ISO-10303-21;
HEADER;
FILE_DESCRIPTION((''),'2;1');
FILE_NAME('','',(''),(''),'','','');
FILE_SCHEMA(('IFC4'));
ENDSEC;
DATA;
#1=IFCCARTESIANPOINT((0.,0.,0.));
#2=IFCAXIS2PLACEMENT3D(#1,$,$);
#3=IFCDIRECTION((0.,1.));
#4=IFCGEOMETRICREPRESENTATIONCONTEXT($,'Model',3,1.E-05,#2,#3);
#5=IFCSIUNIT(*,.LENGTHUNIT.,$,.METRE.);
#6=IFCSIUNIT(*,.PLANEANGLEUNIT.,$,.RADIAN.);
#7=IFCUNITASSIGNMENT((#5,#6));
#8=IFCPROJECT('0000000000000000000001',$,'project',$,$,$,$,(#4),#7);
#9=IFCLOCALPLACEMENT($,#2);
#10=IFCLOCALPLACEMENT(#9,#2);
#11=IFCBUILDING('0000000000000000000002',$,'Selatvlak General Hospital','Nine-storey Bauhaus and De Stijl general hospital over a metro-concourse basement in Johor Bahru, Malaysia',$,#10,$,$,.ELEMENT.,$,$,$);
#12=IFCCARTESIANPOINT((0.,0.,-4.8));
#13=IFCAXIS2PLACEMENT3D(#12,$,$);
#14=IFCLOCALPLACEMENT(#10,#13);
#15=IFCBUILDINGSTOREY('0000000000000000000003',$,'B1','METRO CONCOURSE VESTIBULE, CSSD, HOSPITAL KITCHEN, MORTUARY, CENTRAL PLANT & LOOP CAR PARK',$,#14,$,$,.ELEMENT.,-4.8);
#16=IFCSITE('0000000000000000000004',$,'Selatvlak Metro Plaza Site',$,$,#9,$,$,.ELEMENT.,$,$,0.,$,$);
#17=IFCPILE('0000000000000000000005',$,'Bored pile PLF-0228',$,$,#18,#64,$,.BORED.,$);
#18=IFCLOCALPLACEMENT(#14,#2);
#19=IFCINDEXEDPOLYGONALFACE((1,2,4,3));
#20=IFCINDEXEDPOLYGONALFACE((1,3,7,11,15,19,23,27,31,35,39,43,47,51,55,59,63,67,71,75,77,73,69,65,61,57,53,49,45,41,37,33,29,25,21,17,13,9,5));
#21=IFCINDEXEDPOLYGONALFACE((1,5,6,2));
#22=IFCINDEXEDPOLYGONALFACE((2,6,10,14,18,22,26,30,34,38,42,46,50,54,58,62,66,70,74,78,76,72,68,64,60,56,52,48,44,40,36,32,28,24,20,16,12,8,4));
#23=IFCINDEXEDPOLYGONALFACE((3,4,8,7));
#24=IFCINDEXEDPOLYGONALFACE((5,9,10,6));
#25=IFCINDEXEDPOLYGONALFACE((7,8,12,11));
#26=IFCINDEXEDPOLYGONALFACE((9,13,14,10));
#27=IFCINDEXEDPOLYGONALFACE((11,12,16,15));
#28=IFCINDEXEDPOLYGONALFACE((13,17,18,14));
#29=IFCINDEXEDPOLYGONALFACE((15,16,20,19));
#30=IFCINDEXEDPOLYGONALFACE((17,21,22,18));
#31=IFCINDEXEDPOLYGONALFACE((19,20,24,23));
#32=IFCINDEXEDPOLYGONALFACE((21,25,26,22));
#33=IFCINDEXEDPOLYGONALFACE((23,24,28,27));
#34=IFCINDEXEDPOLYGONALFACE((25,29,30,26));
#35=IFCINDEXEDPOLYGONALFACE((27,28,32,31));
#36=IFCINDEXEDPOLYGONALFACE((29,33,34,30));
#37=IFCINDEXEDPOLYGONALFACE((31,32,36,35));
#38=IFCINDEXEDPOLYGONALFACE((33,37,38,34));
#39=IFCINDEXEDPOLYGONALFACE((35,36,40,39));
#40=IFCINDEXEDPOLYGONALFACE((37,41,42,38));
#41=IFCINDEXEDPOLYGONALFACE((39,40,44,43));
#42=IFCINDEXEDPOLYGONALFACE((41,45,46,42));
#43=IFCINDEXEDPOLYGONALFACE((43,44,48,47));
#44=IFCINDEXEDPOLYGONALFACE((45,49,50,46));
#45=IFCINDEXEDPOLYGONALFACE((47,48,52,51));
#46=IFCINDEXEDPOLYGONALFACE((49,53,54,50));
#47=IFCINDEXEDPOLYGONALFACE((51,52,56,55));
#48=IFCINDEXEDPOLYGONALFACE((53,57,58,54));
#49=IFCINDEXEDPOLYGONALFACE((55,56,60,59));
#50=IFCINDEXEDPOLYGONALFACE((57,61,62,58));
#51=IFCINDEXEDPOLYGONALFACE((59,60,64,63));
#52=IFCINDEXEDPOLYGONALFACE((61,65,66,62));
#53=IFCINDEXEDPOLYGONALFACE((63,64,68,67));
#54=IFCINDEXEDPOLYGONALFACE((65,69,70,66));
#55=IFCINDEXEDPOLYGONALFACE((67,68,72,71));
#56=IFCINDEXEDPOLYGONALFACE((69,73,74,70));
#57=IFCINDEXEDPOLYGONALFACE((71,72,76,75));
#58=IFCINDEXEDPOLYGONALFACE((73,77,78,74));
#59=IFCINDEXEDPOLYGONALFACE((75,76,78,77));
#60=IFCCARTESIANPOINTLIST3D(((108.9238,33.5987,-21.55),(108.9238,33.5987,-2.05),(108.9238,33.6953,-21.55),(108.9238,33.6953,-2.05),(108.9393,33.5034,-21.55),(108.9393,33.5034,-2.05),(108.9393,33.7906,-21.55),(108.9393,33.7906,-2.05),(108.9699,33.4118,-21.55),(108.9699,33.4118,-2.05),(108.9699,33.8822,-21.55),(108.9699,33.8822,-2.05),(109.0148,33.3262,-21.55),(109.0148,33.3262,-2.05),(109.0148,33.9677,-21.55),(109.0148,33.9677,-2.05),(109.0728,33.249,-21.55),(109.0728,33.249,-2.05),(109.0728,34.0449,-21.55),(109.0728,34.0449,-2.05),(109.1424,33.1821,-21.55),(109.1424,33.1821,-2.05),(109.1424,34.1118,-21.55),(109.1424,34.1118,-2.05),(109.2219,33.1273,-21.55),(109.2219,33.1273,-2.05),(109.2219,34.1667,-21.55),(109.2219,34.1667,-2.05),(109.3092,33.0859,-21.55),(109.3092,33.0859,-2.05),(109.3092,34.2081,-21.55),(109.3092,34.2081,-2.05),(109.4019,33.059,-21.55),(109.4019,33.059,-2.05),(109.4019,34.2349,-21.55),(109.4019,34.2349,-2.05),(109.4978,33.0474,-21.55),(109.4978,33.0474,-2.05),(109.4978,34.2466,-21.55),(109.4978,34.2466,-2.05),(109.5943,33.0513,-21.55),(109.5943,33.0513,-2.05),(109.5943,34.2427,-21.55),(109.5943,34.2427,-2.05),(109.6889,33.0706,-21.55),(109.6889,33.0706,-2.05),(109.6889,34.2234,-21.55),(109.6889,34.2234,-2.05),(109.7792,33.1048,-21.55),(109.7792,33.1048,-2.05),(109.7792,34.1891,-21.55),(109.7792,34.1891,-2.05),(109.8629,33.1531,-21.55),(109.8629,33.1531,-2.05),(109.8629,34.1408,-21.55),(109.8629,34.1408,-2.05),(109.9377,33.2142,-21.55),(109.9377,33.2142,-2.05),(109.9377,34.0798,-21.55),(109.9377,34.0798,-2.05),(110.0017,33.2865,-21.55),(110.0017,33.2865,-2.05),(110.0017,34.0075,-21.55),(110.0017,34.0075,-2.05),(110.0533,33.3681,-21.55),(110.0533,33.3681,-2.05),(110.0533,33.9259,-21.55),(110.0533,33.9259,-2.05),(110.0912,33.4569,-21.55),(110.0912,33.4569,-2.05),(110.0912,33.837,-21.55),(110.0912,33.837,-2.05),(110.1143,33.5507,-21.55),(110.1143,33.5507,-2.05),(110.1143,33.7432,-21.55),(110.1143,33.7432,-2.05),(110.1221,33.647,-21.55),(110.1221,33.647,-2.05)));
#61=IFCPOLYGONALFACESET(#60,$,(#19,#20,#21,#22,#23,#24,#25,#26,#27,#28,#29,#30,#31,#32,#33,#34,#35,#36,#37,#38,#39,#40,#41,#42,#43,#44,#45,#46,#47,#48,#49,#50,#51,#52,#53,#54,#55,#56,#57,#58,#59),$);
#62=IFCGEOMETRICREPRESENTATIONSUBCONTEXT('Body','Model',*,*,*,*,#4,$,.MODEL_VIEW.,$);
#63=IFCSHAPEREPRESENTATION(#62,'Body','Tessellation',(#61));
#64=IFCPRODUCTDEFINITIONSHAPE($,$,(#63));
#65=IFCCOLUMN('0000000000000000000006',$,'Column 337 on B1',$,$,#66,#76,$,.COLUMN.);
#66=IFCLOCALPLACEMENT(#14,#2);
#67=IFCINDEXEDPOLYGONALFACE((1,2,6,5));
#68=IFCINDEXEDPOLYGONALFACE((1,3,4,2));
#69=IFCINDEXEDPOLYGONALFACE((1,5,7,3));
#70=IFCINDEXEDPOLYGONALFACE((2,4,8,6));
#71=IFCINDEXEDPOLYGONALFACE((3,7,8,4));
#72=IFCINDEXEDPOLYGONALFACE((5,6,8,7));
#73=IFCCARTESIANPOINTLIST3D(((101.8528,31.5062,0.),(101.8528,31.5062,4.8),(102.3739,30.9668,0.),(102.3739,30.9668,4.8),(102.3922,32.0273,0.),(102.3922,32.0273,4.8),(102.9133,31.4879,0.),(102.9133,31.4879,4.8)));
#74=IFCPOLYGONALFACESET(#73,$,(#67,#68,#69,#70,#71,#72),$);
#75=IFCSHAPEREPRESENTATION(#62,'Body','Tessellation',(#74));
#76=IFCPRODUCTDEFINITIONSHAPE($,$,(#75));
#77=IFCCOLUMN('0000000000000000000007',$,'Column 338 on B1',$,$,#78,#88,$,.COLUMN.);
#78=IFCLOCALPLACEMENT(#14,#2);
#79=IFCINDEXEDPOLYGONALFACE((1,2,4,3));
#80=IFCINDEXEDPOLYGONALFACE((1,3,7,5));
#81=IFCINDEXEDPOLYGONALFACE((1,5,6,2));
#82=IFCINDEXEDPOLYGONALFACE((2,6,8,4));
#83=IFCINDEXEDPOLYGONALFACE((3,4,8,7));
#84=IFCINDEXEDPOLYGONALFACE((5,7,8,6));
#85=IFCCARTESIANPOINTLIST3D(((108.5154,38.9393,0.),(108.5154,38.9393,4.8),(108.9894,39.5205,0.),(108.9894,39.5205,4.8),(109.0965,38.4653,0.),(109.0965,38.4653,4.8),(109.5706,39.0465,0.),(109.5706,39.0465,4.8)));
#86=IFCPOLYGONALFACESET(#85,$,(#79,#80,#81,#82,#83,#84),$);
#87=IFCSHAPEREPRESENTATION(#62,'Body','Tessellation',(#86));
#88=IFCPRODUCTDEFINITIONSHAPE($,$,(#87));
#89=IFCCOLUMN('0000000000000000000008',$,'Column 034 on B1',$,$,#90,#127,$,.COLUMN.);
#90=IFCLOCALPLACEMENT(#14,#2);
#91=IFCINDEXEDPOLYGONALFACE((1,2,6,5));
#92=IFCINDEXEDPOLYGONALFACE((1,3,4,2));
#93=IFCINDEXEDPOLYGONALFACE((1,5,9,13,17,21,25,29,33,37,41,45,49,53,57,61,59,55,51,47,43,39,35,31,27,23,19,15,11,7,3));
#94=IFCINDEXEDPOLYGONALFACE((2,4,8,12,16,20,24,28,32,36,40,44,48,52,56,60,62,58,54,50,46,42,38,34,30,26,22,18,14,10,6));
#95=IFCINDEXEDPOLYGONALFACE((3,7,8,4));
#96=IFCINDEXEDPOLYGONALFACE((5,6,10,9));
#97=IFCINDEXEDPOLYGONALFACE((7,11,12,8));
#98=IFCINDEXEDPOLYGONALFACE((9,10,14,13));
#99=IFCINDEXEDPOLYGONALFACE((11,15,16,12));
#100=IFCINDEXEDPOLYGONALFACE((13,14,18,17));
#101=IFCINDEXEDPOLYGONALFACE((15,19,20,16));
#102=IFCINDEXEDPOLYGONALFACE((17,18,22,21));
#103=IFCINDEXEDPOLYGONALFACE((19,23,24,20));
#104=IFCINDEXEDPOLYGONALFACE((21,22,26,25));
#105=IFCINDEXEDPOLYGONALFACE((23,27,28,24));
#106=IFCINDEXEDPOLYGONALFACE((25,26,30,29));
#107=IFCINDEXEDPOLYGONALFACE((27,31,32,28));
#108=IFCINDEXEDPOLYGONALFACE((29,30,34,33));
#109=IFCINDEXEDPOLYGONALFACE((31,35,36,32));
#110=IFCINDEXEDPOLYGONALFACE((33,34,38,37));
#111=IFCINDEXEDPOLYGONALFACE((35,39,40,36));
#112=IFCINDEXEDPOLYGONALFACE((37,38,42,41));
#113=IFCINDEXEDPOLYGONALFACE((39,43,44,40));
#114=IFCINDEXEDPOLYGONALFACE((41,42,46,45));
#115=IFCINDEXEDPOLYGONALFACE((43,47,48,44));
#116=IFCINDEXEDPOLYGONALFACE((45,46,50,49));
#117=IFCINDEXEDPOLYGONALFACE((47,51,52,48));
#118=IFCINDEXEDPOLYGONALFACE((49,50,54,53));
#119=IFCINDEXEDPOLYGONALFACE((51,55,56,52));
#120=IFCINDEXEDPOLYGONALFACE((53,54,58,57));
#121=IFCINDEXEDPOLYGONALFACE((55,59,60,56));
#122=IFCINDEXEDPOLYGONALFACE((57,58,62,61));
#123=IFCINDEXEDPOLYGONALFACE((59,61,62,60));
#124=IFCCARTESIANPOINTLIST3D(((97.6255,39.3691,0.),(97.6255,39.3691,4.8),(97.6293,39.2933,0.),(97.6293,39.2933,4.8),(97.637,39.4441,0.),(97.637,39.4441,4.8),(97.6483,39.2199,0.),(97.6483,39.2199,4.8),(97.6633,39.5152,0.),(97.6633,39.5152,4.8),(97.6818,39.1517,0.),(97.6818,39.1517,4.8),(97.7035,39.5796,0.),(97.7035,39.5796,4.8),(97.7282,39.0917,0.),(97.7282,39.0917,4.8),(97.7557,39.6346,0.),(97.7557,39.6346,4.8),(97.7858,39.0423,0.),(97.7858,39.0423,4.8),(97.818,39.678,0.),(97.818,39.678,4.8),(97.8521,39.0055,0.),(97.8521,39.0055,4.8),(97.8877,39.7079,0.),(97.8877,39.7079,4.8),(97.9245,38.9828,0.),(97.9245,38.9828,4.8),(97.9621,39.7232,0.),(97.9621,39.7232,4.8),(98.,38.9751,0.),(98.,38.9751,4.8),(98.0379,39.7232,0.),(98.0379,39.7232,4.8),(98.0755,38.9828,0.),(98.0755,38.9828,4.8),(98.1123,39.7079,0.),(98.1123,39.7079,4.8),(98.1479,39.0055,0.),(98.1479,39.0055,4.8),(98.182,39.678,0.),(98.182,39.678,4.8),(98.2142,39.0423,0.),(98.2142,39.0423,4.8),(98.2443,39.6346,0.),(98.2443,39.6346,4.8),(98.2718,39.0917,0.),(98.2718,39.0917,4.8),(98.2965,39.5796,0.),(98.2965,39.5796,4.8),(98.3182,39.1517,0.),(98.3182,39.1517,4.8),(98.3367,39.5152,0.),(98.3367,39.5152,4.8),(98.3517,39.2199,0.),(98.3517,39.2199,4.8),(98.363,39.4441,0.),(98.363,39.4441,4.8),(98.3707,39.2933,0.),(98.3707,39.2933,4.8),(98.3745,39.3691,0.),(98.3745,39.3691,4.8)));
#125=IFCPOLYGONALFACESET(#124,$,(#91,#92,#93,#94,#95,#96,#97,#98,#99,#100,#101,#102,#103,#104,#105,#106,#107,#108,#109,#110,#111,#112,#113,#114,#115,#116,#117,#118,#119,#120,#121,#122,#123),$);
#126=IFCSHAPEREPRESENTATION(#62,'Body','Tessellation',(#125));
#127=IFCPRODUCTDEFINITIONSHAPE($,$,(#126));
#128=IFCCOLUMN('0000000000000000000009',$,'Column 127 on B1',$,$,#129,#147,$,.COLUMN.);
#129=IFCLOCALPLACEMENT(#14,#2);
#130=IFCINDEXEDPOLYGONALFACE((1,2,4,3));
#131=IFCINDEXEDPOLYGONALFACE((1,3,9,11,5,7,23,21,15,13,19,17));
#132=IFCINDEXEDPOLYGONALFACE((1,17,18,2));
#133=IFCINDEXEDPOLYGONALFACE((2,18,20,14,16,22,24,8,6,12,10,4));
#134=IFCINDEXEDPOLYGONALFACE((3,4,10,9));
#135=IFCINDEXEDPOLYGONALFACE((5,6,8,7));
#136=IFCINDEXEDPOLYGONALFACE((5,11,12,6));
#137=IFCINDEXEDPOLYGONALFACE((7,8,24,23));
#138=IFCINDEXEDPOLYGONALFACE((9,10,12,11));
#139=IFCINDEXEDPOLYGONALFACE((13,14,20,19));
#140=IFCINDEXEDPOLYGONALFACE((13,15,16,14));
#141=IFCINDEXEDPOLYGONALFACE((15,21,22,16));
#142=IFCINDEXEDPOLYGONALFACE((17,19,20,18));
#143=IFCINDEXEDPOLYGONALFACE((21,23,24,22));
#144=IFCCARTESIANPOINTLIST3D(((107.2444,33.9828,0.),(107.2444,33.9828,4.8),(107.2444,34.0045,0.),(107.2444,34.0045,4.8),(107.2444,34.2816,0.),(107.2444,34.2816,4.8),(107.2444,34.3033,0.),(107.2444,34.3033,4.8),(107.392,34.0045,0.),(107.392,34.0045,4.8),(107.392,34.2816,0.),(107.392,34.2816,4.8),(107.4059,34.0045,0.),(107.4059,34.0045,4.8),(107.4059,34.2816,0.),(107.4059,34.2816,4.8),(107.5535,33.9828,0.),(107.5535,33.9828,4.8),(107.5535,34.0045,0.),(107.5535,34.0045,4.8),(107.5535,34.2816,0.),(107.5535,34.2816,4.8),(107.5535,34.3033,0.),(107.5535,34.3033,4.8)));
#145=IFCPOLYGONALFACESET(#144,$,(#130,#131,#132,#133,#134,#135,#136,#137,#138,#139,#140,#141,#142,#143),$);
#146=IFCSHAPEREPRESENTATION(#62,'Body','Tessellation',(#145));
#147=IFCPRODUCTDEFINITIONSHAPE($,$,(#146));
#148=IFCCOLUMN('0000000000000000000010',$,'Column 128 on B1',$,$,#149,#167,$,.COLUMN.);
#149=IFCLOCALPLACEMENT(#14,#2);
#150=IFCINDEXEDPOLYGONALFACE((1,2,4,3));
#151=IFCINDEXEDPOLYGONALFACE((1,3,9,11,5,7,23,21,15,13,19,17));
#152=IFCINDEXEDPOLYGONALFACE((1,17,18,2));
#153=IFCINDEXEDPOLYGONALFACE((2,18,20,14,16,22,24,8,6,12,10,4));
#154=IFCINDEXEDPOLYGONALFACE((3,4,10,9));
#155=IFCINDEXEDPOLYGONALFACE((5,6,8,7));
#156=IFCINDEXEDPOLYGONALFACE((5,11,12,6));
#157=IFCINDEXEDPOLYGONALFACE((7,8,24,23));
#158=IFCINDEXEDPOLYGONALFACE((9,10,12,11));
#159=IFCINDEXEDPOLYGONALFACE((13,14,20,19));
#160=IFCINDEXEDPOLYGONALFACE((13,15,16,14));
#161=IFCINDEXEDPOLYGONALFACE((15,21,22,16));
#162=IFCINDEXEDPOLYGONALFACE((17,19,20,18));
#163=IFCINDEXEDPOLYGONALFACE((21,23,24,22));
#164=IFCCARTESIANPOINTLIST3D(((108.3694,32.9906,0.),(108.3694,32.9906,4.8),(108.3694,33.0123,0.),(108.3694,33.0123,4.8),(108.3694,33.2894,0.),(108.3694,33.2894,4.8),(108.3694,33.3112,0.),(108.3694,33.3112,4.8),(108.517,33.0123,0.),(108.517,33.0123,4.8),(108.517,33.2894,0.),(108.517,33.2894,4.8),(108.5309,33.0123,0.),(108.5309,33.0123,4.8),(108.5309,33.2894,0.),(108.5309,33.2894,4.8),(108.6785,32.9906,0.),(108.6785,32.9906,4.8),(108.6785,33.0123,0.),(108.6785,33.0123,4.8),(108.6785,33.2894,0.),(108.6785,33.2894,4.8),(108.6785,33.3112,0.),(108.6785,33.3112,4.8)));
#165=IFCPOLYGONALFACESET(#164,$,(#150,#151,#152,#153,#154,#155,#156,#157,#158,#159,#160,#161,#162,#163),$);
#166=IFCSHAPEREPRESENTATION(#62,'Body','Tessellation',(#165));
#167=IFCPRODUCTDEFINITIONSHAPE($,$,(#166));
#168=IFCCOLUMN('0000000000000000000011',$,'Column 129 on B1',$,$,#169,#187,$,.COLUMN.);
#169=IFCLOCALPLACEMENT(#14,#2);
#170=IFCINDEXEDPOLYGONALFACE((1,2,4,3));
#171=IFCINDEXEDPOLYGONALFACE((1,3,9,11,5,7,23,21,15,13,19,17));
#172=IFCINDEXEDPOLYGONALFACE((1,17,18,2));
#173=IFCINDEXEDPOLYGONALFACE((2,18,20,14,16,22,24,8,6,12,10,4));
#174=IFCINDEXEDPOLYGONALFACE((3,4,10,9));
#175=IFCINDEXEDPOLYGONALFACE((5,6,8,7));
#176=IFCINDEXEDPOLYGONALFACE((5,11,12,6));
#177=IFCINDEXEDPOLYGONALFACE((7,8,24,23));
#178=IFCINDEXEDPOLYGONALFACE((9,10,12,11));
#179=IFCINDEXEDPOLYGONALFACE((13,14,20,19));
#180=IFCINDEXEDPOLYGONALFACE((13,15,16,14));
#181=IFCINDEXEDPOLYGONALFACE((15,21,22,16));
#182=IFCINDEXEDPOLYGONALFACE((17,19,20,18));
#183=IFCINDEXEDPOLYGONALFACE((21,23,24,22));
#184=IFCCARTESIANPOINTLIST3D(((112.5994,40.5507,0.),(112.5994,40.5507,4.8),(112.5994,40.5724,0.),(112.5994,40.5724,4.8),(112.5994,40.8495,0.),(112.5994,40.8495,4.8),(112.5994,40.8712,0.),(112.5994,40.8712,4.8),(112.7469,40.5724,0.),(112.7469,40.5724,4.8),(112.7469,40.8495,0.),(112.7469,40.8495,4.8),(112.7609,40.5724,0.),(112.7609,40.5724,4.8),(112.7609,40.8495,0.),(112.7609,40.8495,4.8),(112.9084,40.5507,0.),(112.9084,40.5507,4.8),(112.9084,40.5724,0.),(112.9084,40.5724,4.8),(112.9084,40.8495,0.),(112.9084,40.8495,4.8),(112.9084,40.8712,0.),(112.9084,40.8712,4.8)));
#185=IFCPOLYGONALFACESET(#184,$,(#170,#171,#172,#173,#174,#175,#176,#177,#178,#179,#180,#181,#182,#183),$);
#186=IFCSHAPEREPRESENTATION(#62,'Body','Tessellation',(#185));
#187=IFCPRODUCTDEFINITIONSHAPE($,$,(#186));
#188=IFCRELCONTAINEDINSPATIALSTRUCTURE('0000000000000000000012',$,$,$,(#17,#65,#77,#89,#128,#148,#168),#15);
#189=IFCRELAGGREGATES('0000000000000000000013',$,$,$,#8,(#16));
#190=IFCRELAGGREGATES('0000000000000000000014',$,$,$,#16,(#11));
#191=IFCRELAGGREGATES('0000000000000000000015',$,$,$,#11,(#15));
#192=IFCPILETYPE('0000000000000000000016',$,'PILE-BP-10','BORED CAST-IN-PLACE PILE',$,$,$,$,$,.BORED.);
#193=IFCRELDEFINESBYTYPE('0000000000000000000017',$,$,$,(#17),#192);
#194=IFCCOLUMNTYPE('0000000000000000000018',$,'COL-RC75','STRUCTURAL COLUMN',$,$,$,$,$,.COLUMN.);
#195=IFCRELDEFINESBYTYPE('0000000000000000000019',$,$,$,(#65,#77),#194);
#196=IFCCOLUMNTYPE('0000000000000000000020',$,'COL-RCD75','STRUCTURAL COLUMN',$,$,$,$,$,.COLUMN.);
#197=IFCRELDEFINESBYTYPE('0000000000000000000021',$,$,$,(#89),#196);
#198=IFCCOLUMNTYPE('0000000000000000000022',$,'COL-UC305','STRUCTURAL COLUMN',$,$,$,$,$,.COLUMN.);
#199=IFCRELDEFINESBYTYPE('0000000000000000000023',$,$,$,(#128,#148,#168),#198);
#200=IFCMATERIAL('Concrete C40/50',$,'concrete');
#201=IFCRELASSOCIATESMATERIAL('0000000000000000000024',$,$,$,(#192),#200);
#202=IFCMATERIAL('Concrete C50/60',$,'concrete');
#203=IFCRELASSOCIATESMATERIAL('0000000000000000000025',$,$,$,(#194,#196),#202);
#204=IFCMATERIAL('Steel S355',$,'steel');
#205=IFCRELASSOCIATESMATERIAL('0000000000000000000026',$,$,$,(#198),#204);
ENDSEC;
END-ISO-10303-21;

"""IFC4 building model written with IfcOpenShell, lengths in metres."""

from ifc_helpers import new_model, si_unit, direction, frame, origin, origin_2d, place, context, subcontext, project, spatial, rectangle, circle, i_section, extrude, material, material_profile, profile_set, type_object, element, save


model = new_model("IFC4")

# Units and contexts
model_context = context("Model", 3, precision=1e-05, world=origin(), true_north=direction((0.0, 1.0)))
body_context = subcontext(model_context, "Body", "Model", "MODEL_VIEW")
ifc_project = project(units=[si_unit("LENGTHUNIT", "METRE"), si_unit("PLANEANGLEUNIT", "RADIAN")], contexts=[model_context])

# Site, building, storey
site_placement = place(None, origin())
site = spatial("IfcSite", under=ifc_project, at=site_placement, Name="Selatvlak Metro Plaza Site", CompositionType="ELEMENT", RefElevation=0.0)
building_placement = place(site_placement, origin())
building = spatial("IfcBuilding", under=site, at=building_placement, Name="Selatvlak General Hospital", Description="Nine-storey Bauhaus and De Stijl general hospital over a metro-concourse basement in Johor Bahru, Malaysia", CompositionType="ELEMENT")
storey_placement = place(building_placement, frame((0.0, 0.0, -4.8)))
storey = spatial("IfcBuildingStorey", under=building, at=storey_placement, Name="B1", Description="METRO CONCOURSE VESTIBULE, CSSD, HOSPITAL KITCHEN, MORTUARY, CENTRAL PLANT & LOOP CAR PARK", CompositionType="ELEMENT", Elevation=-4.8)

# Shared definitions
ifc_material_1 = material(Name="Concrete C40/50", Category="concrete")

# Pile
ifc_material_profile_1 = material_profile(ifc_material_1, circle(Radius=0.6001, at=origin_2d()), Name="BORED PILE 1200")
ifc_profile_set_1 = profile_set([ifc_material_profile_1], Name="Concrete C40/50")
pile_type_1 = type_object("IfcPileType", Name="PILE-BP-10", Description="BORED CAST-IN-PLACE PILE", PredefinedType="BORED", material=ifc_profile_set_1)
for number, where, z_axis, x_axis, name in (
    (1, (109.522, 33.647, -2.05), (0.0, 0.0, -1.0), (1.0, 0.0, 0.0), "Bored pile PLF-0228"),
):
    element("IfcPile", number, at=place(storey_placement, frame(where, z_axis=z_axis, x_axis=x_axis)), inside=storey, type_object=pile_type_1, Name=name, PredefinedType="BORED", context=body_context, shape_type="SweptSolid", body=[
        extrude(circle(Radius=0.6001, at=origin_2d()), origin(), (0.0, 0.0, 1.0), 19.5),
    ])

# Columns
ifc_material_2 = material(Name="Concrete C50/60", Category="concrete")
ifc_material_profile_2 = material_profile(ifc_material_2, rectangle(XDim=0.75, YDim=0.75, at=origin_2d()), Name="RC-COL 750x750")
ifc_profile_set_2 = profile_set([ifc_material_profile_2], Name="Concrete C50/60")
column_type_1 = type_object("IfcColumnType", Name="COL-RC75", Description="STRUCTURAL COLUMN", PredefinedType="COLUMN", material=ifc_profile_set_2)
for number, where, z_axis, x_axis, name in (
    (2, (102.3831, 31.4971, 0.0), (0.0, 0.0, 1.0), (-0.694834, 0.71917, 0.0), "Column 337 on B1"),
    (3, (109.043, 38.9929, 0.0), (0.0, 0.0, 1.0), (-0.774922, 0.632056, 0.0), "Column 338 on B1"),
):
    element("IfcColumn", number, at=place(storey_placement, frame(where, z_axis=z_axis, x_axis=x_axis)), inside=storey, type_object=column_type_1, Name=name, PredefinedType="COLUMN", context=body_context, shape_type="SweptSolid", body=[
        extrude(rectangle(XDim=0.75, YDim=0.75, at=origin_2d()), origin(), (0.0, 0.0, 1.0), 4.8),
    ])
ifc_material_profile_3 = material_profile(ifc_material_2, circle(Radius=0.375, at=origin_2d()), Name="RC-COL D750")
ifc_profile_set_3 = profile_set([ifc_material_profile_3], Name="Concrete C50/60")
column_type_2 = type_object("IfcColumnType", Name="COL-RCD75", Description="STRUCTURAL COLUMN", PredefinedType="COLUMN", material=ifc_profile_set_3)
for number, where, z_axis, x_axis, name in (
    (4, (98.0, 39.3501, 0.0), (0.0, 0.0, 1.0), (0.0, -1.0, 0.0), "Column 034 on B1"),
):
    element("IfcColumn", number, at=place(storey_placement, frame(where, z_axis=z_axis, x_axis=x_axis)), inside=storey, type_object=column_type_2, Name=name, PredefinedType="COLUMN", context=body_context, shape_type="SweptSolid", body=[
        extrude(circle(Radius=0.375, at=origin_2d()), origin(), (0.0, 0.0, 1.0), 4.8),
    ])
ifc_material_3 = material(Name="Steel S355", Category="steel")
ifc_material_profile_4 = material_profile(ifc_material_3, i_section(OverallWidth=0.3091, OverallDepth=0.3206, WebThickness=0.0139, FlangeThickness=0.0217, at=origin_2d()), Name="UC 305x305x137")
ifc_profile_set_4 = profile_set([ifc_material_profile_4], Name="Steel S355")
column_type_3 = type_object("IfcColumnType", Name="COL-UC305", Description="STRUCTURAL COLUMN", PredefinedType="COLUMN", material=ifc_profile_set_4)
for number, where, z_axis, x_axis, name in (
    (5, (107.3989, 34.1431, 0.0), (0.0, 0.0, 1.0), (1.0, 0.0, 0.0), "Column 127 on B1"),
    (6, (108.5239, 33.1509, 0.0), (0.0, 0.0, 1.0), (1.0, 0.0, 0.0), "Column 128 on B1"),
    (7, (112.7539, 40.7109, 0.0), (0.0, 0.0, 1.0), (1.0, 0.0, 0.0), "Column 129 on B1"),
):
    element("IfcColumn", number, at=place(storey_placement, frame(where, z_axis=z_axis, x_axis=x_axis)), inside=storey, type_object=column_type_3, Name=name, PredefinedType="COLUMN", context=body_context, shape_type="SweptSolid", body=[
        extrude(i_section(OverallWidth=0.3091, OverallDepth=0.3206, WebThickness=0.0139, FlangeThickness=0.0217, at=origin_2d()), origin(), (0.0, 0.0, 1.0), 4.8),
    ])

save(model, "model.ifc")
